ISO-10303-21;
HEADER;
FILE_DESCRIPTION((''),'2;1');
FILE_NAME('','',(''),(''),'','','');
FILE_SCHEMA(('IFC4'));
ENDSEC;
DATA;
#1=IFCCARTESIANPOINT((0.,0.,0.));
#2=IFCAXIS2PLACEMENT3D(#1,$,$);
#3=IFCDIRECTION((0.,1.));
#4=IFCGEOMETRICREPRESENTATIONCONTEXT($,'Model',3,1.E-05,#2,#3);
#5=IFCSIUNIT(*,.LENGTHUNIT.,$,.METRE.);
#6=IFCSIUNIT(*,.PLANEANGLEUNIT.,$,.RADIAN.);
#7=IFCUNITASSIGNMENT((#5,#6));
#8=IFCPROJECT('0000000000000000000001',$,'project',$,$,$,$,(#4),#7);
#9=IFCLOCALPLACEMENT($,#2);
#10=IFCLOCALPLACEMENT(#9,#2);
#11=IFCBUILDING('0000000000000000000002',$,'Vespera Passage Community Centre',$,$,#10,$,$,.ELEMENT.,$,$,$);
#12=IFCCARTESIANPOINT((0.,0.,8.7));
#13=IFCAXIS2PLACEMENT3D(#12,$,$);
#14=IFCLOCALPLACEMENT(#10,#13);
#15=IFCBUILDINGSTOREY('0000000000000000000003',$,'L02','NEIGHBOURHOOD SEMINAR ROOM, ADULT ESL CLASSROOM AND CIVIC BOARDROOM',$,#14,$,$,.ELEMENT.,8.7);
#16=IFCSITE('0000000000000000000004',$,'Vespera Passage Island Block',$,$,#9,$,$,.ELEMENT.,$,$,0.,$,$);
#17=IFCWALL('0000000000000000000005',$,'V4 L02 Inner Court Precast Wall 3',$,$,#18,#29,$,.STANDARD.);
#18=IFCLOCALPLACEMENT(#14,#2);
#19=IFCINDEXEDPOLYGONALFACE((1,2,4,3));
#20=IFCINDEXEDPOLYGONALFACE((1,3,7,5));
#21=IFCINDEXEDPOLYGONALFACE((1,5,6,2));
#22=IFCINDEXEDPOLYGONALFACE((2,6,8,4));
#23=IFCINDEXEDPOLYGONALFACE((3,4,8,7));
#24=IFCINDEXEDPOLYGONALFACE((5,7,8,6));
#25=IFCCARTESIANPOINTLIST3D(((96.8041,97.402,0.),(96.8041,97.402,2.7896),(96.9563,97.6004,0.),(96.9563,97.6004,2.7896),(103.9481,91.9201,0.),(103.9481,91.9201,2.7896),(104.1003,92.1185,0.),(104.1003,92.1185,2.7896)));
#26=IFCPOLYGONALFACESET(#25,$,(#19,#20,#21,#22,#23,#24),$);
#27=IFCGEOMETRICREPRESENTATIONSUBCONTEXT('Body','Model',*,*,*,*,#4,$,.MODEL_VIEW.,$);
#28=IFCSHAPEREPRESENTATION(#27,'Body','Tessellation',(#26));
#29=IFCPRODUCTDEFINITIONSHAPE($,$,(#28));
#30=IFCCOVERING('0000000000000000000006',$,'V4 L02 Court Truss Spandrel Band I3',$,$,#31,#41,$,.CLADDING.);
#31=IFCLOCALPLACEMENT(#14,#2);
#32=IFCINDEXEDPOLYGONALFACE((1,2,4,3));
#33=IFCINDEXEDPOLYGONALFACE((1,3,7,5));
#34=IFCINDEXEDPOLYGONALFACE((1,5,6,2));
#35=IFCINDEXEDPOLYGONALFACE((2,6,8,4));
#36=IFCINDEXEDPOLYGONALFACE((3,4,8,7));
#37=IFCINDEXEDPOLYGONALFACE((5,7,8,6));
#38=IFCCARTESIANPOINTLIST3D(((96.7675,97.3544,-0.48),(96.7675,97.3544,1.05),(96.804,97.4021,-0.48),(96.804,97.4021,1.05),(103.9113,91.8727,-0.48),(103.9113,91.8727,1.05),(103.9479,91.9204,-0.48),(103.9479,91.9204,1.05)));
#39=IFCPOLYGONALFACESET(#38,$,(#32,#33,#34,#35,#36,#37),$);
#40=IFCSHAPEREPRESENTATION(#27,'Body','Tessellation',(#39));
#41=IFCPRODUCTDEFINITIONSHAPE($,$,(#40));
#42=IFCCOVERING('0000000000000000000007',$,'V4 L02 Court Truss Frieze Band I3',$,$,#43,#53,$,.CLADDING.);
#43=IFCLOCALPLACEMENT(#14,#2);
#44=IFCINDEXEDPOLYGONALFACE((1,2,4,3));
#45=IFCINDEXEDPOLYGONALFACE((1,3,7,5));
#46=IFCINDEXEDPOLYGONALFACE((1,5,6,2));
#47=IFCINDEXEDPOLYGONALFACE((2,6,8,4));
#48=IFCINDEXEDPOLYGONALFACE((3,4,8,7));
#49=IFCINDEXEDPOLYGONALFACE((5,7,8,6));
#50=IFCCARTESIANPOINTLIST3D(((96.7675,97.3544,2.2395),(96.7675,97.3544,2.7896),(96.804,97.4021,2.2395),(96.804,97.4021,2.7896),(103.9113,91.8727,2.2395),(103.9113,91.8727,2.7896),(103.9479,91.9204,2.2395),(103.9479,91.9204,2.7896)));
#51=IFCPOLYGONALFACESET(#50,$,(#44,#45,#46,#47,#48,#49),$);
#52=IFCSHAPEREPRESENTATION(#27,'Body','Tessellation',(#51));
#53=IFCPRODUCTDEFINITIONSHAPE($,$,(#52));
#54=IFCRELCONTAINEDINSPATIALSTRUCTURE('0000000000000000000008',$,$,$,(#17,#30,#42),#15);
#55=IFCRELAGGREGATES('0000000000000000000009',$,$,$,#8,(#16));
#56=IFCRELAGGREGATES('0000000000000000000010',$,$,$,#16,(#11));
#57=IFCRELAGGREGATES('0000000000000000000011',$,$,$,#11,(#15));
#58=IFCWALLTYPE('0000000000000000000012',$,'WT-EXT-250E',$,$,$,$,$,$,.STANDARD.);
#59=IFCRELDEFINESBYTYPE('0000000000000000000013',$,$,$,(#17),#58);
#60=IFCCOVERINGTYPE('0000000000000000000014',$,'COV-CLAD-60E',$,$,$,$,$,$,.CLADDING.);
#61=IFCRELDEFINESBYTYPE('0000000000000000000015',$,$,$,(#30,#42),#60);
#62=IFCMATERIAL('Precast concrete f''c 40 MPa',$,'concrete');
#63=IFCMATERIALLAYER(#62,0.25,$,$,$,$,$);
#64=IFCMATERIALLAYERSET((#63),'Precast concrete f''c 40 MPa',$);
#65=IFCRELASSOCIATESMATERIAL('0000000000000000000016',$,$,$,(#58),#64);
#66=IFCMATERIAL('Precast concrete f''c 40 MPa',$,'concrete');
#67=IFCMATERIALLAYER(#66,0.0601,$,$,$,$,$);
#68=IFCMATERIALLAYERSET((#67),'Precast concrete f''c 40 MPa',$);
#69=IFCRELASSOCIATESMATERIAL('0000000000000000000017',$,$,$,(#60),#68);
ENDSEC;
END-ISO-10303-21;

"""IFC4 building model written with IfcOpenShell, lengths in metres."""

from ifc_helpers import new_model, si_unit, direction, frame, frame_2d, origin, place, context, subcontext, project, spatial, rectangle, extrude, material, layer, layer_set, type_object, element, save


model = new_model("IFC4")

# Units and contexts
model_context = context("Model", 3, precision=1e-05, world=origin(), true_north=direction((0.0, 1.0)))
body_context = subcontext(model_context, "Body", "Model", "MODEL_VIEW")
ifc_project = project(units=[si_unit("LENGTHUNIT", "METRE"), si_unit("PLANEANGLEUNIT", "RADIAN")], contexts=[model_context])

# Site, building, storey
site_placement = place(None, origin())
site = spatial("IfcSite", under=ifc_project, at=site_placement, Name="Vespera Passage Island Block", CompositionType="ELEMENT", RefElevation=0.0)
building_placement = place(site_placement, origin())
building = spatial("IfcBuilding", under=site, at=building_placement, Name="Vespera Passage Community Centre", CompositionType="ELEMENT")
storey_placement = place(building_placement, frame((0.0, 0.0, 8.7)))
storey = spatial("IfcBuildingStorey", under=building, at=storey_placement, Name="L02", Description="NEIGHBOURHOOD SEMINAR ROOM, ADULT ESL CLASSROOM AND CIVIC BOARDROOM", CompositionType="ELEMENT", Elevation=8.7)

# Wall
ifc_material_1 = material(Name="Precast concrete f'c 40 MPa", Category="concrete")
ifc_layer_1 = layer(ifc_material_1, 0.25)
ifc_layer_set_1 = layer_set([ifc_layer_1], Name="Precast concrete f'c 40 MPa")
wall_type_1 = type_object("IfcWallType", Name="WT-EXT-250E", PredefinedType="STANDARD", material=ifc_layer_set_1)
wall_1_placement = place(storey_placement, frame((104.0242, 92.0193, 0.0), z_axis=(0.0, 0.0, 1.0), x_axis=(-0.793347, 0.60877, 0.0)))
element("IfcWall", 1, at=wall_1_placement, inside=storey, type_object=wall_type_1, Name="V4 L02 Inner Court Precast Wall 3", PredefinedType="STANDARD", context=body_context, shape_type="SweptSolid", body=[
    extrude(rectangle(XDim=9.0049, YDim=0.25, at=frame_2d((4.5024, 0.0))), origin(), (0.0, 0.0, 1.0), 2.7896),
])

# Coverings
ifc_material_2 = material(Name="Precast concrete f'c 40 MPa", Category="concrete")
ifc_layer_2 = layer(ifc_material_2, 0.0601)
ifc_layer_set_2 = layer_set([ifc_layer_2], Name="Precast concrete f'c 40 MPa")
covering_type = type_object("IfcCoveringType", Name="COV-CLAD-60E", PredefinedType="CLADDING", material=ifc_layer_set_2)
covering_1_placement = place(storey_placement, frame((103.9297, 91.8965, -0.48), z_axis=(0.0, 0.0, 1.0), x_axis=(-0.79335, 0.608766, 0.0)))
element("IfcCovering", 2, at=covering_1_placement, inside=storey, type_object=covering_type, Name="V4 L02 Court Truss Spandrel Band I3", PredefinedType="CLADDING", context=body_context, shape_type="SweptSolid", body=[
    extrude(rectangle(XDim=9.0046, YDim=0.0601, at=frame_2d((4.5024, 0.0))), origin(), (0.0, 0.0, 1.0), 1.53),
])
covering_2_placement = place(storey_placement, frame((103.9297, 91.8965, 2.2395), z_axis=(0.0, 0.0, 1.0), x_axis=(-0.79335, 0.608766, 0.0)))
element("IfcCovering", 3, at=covering_2_placement, inside=storey, type_object=covering_type, Name="V4 L02 Court Truss Frieze Band I3", PredefinedType="CLADDING", context=body_context, shape_type="SweptSolid", body=[
    extrude(rectangle(XDim=9.0046, YDim=0.0601, at=frame_2d((4.5024, 0.0))), origin(), (0.0, 0.0, 1.0), 0.55),
])

save(model, "model.ifc")
